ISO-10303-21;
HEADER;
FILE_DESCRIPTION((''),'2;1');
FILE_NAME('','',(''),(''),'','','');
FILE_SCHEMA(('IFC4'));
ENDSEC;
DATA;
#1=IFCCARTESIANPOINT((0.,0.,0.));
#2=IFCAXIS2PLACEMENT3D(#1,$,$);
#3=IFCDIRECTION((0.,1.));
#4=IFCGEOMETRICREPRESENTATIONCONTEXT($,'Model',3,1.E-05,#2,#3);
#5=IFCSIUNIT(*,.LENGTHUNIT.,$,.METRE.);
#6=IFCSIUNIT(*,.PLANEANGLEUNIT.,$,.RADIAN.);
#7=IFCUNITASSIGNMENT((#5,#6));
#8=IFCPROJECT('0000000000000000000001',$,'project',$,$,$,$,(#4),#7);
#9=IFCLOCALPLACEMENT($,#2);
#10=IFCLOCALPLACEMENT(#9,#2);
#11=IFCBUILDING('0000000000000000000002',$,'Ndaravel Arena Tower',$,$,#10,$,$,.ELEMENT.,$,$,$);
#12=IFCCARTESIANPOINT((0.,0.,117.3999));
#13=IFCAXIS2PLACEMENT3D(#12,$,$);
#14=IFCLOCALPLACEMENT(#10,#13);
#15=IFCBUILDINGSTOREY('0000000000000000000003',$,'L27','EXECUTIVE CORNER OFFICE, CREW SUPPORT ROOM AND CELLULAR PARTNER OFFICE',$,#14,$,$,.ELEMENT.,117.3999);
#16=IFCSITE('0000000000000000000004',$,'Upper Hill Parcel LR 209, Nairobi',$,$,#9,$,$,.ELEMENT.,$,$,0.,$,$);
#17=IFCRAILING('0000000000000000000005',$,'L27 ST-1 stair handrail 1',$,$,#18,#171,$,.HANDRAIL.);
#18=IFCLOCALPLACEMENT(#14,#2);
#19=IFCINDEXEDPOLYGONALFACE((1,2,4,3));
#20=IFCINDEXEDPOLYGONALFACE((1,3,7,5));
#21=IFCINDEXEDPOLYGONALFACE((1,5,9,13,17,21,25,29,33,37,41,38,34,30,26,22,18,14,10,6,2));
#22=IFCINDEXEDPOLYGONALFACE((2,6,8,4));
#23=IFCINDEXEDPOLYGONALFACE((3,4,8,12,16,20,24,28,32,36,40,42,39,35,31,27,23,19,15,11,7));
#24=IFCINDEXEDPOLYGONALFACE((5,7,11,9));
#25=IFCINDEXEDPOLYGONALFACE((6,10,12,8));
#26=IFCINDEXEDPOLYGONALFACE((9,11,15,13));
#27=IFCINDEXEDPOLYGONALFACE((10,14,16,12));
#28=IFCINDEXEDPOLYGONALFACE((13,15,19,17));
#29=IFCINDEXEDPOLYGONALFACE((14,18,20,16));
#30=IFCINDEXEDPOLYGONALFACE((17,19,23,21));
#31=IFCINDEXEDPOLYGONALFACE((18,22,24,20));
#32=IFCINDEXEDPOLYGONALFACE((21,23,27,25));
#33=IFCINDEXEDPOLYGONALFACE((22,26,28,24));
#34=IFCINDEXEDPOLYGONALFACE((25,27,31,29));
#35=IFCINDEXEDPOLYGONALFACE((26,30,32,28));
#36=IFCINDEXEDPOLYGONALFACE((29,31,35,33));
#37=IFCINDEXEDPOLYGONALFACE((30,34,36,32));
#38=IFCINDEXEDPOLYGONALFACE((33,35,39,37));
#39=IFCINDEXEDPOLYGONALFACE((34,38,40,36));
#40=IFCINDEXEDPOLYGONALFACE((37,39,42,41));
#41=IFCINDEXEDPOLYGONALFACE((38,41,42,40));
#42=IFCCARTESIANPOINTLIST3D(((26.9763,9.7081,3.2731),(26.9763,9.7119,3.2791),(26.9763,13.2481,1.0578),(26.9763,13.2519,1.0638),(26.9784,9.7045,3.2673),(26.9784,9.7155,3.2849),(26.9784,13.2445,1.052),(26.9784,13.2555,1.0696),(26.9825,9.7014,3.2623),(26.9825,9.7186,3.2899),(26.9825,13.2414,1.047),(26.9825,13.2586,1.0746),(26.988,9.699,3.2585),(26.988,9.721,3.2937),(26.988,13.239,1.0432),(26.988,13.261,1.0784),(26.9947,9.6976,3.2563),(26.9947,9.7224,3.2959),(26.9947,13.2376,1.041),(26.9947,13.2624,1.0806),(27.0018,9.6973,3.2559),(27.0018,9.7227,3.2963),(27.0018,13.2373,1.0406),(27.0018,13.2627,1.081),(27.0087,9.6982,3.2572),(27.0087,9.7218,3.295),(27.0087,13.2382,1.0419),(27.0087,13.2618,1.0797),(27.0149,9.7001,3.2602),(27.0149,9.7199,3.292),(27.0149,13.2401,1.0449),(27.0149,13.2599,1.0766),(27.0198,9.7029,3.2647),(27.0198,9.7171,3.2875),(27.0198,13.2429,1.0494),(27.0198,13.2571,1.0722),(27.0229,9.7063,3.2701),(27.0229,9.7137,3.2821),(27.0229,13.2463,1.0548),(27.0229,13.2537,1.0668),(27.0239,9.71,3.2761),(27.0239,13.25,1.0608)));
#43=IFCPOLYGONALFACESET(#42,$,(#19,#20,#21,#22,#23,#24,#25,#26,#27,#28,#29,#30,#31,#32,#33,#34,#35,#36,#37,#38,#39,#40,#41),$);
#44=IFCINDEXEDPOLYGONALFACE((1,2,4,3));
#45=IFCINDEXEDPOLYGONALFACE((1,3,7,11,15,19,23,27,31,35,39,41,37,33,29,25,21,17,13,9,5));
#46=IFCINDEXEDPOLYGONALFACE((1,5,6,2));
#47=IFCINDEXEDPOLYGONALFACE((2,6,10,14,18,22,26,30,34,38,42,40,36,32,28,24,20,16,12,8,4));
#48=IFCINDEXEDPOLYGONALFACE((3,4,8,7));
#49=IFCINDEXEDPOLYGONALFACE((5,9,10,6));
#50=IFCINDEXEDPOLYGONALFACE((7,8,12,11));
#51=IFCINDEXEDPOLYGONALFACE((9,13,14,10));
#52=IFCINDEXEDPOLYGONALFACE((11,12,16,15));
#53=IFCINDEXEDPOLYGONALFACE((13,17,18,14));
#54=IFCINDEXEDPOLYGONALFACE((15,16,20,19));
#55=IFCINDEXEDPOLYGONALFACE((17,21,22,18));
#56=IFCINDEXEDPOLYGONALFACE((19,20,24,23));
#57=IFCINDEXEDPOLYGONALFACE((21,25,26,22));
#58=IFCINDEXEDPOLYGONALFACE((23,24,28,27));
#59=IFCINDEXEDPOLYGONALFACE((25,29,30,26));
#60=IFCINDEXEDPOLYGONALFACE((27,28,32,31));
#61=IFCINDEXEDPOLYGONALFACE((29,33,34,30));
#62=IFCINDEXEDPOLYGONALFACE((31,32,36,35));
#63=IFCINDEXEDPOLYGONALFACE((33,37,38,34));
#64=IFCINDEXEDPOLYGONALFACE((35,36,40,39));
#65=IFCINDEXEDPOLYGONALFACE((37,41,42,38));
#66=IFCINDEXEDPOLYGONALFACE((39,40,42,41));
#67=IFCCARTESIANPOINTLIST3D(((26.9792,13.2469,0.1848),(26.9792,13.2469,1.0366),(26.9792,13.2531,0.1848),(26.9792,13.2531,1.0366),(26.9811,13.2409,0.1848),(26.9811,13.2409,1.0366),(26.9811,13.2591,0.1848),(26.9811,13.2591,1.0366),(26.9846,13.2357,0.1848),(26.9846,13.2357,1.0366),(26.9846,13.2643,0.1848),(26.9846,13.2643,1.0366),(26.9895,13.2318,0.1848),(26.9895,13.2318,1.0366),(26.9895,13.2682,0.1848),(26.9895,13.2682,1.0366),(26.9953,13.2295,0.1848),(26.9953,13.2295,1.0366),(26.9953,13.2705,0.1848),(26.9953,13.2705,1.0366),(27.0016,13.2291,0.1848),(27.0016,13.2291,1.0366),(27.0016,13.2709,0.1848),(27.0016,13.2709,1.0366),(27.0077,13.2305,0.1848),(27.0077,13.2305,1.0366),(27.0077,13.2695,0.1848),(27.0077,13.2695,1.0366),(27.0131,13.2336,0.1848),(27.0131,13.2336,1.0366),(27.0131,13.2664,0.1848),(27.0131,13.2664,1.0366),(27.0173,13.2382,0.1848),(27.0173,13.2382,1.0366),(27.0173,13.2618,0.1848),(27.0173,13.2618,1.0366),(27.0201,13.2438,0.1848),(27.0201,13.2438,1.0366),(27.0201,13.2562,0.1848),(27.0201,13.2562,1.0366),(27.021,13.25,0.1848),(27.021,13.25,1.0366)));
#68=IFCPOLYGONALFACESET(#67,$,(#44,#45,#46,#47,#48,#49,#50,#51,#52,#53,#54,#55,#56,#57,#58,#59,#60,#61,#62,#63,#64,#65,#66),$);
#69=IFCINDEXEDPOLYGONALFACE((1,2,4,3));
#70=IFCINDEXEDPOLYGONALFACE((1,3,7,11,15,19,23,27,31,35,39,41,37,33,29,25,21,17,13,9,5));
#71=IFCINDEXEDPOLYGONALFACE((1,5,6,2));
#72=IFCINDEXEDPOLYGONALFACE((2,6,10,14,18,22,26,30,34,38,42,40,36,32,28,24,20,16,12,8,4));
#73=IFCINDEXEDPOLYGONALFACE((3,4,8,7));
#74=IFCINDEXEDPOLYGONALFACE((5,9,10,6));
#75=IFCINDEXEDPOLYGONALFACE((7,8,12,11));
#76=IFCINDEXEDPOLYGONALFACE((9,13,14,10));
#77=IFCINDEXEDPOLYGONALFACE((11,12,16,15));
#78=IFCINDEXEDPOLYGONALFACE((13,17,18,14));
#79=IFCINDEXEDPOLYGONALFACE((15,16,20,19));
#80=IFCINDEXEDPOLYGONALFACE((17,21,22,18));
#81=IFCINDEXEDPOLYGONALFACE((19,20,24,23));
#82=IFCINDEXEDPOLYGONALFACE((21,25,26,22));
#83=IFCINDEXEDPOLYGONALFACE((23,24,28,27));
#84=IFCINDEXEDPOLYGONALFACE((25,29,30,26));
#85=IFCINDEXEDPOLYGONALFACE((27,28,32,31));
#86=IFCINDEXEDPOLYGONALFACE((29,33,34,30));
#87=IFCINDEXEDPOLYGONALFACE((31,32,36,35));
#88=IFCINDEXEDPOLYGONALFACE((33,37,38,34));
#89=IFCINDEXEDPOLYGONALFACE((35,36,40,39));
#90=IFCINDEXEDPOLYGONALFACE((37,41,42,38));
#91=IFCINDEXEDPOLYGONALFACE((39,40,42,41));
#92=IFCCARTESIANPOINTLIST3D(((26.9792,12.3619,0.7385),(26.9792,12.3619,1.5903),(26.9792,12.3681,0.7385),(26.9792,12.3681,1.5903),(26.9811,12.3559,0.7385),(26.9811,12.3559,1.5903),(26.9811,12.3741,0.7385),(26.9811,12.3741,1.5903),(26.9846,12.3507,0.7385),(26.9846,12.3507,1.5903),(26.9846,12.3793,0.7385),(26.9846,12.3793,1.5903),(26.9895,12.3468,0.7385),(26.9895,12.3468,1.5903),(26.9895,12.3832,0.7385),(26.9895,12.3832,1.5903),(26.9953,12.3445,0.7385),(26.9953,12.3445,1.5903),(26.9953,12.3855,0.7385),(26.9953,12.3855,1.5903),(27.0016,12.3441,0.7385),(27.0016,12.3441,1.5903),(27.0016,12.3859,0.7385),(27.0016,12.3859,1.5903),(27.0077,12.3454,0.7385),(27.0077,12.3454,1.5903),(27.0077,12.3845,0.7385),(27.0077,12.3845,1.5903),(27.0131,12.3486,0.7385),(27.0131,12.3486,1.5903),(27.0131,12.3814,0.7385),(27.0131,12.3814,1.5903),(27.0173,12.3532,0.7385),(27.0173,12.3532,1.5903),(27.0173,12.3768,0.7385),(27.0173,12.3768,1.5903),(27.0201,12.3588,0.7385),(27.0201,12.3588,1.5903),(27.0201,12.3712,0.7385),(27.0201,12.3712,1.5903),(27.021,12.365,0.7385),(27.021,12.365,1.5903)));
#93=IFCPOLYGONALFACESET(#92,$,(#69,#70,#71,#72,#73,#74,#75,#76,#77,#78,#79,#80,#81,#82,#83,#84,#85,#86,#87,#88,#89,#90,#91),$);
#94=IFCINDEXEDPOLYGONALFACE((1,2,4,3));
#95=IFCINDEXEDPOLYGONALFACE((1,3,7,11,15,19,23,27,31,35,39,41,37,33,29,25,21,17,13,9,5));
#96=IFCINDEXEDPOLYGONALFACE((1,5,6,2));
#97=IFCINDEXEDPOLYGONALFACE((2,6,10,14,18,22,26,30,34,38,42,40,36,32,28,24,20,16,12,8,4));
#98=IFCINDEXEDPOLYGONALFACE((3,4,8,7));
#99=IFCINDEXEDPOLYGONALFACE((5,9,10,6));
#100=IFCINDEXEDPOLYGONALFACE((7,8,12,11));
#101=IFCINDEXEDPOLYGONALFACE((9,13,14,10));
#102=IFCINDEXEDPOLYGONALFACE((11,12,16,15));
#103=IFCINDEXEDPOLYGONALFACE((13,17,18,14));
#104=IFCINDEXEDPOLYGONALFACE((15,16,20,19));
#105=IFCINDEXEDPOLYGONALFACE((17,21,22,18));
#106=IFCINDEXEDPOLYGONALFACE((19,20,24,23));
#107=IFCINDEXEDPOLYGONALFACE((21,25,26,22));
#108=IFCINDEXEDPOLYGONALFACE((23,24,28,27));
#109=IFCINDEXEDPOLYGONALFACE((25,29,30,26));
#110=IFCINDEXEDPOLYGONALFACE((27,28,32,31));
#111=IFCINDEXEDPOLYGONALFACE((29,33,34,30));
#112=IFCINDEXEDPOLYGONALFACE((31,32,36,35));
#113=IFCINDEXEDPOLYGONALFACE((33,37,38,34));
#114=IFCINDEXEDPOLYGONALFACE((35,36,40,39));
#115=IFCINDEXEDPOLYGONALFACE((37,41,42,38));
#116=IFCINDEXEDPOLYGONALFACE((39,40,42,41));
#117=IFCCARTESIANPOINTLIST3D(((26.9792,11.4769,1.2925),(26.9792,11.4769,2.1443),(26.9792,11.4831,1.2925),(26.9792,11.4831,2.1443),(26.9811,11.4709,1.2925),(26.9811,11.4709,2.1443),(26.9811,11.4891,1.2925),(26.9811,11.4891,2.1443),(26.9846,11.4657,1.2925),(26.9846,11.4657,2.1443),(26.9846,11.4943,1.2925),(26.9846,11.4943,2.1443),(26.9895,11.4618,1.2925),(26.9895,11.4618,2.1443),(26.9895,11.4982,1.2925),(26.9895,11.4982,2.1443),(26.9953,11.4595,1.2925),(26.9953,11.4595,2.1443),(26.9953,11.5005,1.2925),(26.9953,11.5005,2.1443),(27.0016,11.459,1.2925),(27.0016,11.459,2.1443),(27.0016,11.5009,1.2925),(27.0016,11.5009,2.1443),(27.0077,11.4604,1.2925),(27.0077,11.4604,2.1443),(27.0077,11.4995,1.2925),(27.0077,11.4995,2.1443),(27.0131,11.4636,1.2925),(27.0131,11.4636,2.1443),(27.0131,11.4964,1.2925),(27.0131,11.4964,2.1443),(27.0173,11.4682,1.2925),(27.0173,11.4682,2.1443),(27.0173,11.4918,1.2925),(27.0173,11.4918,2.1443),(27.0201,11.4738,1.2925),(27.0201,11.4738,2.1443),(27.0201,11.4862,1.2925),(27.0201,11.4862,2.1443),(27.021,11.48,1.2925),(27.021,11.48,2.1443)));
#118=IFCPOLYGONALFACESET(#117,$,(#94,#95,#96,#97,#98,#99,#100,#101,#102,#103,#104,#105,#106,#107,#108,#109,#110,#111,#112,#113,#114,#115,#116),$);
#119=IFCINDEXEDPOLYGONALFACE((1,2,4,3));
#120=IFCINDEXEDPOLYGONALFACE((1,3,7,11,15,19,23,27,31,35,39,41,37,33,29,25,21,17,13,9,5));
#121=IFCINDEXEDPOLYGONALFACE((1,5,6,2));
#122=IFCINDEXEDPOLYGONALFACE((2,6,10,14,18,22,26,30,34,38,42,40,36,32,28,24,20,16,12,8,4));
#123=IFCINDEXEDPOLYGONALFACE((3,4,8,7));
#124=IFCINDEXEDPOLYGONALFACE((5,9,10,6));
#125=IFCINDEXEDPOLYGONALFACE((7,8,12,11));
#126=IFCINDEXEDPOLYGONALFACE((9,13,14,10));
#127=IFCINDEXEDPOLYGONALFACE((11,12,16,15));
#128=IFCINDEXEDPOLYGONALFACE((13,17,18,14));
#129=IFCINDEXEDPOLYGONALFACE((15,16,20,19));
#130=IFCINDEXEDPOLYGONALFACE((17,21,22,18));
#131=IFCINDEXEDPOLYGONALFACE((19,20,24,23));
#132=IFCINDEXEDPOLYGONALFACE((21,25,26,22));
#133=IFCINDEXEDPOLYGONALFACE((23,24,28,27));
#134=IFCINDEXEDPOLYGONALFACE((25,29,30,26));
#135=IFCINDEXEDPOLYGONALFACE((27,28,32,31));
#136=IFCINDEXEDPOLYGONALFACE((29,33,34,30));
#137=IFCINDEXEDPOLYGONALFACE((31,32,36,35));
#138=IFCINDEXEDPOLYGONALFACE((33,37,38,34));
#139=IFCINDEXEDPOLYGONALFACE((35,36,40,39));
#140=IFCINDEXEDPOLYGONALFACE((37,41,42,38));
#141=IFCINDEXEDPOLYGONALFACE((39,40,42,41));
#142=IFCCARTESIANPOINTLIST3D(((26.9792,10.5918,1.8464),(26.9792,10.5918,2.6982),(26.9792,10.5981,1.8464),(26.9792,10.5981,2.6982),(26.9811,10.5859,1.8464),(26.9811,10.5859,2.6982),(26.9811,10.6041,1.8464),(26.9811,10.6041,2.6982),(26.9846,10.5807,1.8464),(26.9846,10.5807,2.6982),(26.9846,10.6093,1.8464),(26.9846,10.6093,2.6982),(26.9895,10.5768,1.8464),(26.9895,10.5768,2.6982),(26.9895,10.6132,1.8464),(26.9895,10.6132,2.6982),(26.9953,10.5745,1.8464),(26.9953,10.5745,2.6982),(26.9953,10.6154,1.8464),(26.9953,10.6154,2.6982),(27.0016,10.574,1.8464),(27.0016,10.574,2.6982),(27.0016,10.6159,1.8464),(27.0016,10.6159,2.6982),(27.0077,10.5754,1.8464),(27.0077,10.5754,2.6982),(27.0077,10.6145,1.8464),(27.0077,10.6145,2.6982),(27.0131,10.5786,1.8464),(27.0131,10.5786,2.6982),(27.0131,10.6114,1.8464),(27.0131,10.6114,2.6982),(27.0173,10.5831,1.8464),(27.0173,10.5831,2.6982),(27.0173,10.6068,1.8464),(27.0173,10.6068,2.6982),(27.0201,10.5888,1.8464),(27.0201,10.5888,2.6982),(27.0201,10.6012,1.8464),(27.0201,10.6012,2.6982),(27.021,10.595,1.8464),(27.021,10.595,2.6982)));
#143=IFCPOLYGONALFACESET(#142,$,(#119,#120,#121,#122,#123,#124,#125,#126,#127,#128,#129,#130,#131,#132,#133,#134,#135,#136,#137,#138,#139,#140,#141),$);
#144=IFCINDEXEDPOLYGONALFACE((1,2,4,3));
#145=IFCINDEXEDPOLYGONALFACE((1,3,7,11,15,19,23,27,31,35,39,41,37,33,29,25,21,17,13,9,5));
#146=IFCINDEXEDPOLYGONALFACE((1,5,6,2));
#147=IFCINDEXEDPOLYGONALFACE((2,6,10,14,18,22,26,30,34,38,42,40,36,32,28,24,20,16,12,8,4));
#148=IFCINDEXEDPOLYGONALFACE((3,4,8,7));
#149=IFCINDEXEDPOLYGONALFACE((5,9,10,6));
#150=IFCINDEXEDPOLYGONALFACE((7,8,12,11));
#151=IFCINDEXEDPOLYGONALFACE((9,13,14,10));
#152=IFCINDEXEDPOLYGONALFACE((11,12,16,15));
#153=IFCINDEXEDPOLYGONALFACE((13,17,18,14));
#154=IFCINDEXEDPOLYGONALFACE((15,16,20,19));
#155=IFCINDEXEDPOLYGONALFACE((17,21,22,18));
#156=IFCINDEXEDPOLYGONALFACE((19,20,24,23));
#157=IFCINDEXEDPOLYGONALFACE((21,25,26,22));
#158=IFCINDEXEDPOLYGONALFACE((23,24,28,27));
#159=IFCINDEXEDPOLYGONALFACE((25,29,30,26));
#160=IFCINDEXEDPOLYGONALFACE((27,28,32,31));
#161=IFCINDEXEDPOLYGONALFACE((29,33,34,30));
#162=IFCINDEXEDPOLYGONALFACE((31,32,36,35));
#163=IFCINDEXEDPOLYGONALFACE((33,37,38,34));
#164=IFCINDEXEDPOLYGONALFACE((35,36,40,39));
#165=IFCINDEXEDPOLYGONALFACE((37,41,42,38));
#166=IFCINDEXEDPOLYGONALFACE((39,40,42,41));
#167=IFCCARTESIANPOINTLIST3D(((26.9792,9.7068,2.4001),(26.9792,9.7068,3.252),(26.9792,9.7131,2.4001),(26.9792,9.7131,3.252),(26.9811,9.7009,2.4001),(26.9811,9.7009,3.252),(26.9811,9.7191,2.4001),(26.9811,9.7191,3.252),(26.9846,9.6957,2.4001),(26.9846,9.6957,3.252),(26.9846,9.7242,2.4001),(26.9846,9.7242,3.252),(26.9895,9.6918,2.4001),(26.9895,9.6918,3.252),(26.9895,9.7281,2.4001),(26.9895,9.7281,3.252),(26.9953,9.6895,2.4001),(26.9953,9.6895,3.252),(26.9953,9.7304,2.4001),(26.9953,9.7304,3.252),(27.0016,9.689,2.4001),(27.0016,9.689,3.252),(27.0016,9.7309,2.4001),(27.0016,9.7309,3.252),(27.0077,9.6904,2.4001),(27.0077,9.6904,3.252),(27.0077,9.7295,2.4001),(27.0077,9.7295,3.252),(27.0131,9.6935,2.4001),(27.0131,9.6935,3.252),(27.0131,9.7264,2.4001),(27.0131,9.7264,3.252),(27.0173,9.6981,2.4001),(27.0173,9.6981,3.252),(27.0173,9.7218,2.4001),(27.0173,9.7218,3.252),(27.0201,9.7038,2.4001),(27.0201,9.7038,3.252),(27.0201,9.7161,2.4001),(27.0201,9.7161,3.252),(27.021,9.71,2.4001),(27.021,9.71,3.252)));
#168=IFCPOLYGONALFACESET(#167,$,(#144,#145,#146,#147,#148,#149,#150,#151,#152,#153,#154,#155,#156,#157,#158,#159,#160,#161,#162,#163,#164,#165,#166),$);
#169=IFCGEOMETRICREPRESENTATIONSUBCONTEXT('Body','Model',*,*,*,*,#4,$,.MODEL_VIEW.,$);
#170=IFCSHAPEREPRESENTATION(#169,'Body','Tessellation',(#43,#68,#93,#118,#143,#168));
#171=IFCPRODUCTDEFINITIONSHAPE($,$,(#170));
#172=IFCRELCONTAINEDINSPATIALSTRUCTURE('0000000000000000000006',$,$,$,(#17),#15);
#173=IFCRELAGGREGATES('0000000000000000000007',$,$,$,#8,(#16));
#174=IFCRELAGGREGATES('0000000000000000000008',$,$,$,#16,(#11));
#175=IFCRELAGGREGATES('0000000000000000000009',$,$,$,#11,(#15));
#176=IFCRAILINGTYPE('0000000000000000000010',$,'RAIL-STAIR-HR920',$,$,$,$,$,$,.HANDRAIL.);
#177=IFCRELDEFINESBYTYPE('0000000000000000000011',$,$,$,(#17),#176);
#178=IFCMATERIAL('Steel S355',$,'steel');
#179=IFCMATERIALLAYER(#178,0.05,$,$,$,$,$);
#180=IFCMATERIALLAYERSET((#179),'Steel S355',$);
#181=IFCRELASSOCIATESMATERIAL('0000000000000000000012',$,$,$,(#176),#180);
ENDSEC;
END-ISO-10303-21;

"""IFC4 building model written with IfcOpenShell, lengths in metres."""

from ifc_helpers import new_model, si_unit, direction, frame, origin, origin_2d, place, context, subcontext, project, spatial, circle, extrude, material, layer, layer_set, type_object, element, save


model = new_model("IFC4")

# Units and contexts
model_context = context("Model", 3, precision=1e-05, world=origin(), true_north=direction((0.0, 1.0)))
body_context = subcontext(model_context, "Body", "Model", "MODEL_VIEW")
ifc_project = project(units=[si_unit("LENGTHUNIT", "METRE"), si_unit("PLANEANGLEUNIT", "RADIAN")], contexts=[model_context])

# Site, building, storey
site_placement = place(None, origin())
site = spatial("IfcSite", under=ifc_project, at=site_placement, Name="Upper Hill Parcel LR 209, Nairobi", CompositionType="ELEMENT", RefElevation=0.0)
building_placement = place(site_placement, origin())
building = spatial("IfcBuilding", under=site, at=building_placement, Name="Ndaravel Arena Tower", CompositionType="ELEMENT")
storey_placement = place(building_placement, frame((0.0, 0.0, 117.3999)))
storey = spatial("IfcBuildingStorey", under=building, at=storey_placement, Name="L27", Description="EXECUTIVE CORNER OFFICE, CREW SUPPORT ROOM AND CELLULAR PARTNER OFFICE", CompositionType="ELEMENT", Elevation=117.3999)

# Railing
ifc_material_1 = material(Name="Steel S355", Category="steel")
ifc_layer_1 = layer(ifc_material_1, 0.05)
ifc_layer_set_1 = layer_set([ifc_layer_1], Name="Steel S355")
railing_type_1 = type_object("IfcRailingType", Name="RAIL-STAIR-HR920", PredefinedType="HANDRAIL", material=ifc_layer_set_1)
railing_1_placement = place(storey_placement, frame((27.0, 13.25, 0.1848)))
element("IfcRailing", 1, at=railing_1_placement, inside=storey, type_object=railing_type_1, Name="L27 ST-1 stair handrail 1", PredefinedType="HANDRAIL", context=body_context, shape_type="SweptSolid", body=[
    extrude(circle(Radius=0.0239, at=origin_2d()), frame((0.0, 0.0, 0.876), z_axis=(0.0, -0.847696, 0.530482), x_axis=(1.0, 0.0, 0.0)), (0.0, 0.0, 1.0), 4.176),
    extrude(circle(Radius=0.021, at=origin_2d()), origin(), (0.0, 0.0, 1.0), 0.8518),
    extrude(circle(Radius=0.021, at=origin_2d()), frame((0.0, -0.885, 0.5537)), (0.0, 0.0, 1.0), 0.8518),
    extrude(circle(Radius=0.021, at=origin_2d()), frame((0.0, -1.77, 1.1077)), (0.0, 0.0, 1.0), 0.8518),
    extrude(circle(Radius=0.021, at=origin_2d()), frame((0.0, -2.655, 1.6616)), (0.0, 0.0, 1.0), 0.8518),
    extrude(circle(Radius=0.021, at=origin_2d()), frame((0.0, -3.54, 2.2153)), (0.0, 0.0, 1.0), 0.8518),
])

save(model, "model.ifc")
